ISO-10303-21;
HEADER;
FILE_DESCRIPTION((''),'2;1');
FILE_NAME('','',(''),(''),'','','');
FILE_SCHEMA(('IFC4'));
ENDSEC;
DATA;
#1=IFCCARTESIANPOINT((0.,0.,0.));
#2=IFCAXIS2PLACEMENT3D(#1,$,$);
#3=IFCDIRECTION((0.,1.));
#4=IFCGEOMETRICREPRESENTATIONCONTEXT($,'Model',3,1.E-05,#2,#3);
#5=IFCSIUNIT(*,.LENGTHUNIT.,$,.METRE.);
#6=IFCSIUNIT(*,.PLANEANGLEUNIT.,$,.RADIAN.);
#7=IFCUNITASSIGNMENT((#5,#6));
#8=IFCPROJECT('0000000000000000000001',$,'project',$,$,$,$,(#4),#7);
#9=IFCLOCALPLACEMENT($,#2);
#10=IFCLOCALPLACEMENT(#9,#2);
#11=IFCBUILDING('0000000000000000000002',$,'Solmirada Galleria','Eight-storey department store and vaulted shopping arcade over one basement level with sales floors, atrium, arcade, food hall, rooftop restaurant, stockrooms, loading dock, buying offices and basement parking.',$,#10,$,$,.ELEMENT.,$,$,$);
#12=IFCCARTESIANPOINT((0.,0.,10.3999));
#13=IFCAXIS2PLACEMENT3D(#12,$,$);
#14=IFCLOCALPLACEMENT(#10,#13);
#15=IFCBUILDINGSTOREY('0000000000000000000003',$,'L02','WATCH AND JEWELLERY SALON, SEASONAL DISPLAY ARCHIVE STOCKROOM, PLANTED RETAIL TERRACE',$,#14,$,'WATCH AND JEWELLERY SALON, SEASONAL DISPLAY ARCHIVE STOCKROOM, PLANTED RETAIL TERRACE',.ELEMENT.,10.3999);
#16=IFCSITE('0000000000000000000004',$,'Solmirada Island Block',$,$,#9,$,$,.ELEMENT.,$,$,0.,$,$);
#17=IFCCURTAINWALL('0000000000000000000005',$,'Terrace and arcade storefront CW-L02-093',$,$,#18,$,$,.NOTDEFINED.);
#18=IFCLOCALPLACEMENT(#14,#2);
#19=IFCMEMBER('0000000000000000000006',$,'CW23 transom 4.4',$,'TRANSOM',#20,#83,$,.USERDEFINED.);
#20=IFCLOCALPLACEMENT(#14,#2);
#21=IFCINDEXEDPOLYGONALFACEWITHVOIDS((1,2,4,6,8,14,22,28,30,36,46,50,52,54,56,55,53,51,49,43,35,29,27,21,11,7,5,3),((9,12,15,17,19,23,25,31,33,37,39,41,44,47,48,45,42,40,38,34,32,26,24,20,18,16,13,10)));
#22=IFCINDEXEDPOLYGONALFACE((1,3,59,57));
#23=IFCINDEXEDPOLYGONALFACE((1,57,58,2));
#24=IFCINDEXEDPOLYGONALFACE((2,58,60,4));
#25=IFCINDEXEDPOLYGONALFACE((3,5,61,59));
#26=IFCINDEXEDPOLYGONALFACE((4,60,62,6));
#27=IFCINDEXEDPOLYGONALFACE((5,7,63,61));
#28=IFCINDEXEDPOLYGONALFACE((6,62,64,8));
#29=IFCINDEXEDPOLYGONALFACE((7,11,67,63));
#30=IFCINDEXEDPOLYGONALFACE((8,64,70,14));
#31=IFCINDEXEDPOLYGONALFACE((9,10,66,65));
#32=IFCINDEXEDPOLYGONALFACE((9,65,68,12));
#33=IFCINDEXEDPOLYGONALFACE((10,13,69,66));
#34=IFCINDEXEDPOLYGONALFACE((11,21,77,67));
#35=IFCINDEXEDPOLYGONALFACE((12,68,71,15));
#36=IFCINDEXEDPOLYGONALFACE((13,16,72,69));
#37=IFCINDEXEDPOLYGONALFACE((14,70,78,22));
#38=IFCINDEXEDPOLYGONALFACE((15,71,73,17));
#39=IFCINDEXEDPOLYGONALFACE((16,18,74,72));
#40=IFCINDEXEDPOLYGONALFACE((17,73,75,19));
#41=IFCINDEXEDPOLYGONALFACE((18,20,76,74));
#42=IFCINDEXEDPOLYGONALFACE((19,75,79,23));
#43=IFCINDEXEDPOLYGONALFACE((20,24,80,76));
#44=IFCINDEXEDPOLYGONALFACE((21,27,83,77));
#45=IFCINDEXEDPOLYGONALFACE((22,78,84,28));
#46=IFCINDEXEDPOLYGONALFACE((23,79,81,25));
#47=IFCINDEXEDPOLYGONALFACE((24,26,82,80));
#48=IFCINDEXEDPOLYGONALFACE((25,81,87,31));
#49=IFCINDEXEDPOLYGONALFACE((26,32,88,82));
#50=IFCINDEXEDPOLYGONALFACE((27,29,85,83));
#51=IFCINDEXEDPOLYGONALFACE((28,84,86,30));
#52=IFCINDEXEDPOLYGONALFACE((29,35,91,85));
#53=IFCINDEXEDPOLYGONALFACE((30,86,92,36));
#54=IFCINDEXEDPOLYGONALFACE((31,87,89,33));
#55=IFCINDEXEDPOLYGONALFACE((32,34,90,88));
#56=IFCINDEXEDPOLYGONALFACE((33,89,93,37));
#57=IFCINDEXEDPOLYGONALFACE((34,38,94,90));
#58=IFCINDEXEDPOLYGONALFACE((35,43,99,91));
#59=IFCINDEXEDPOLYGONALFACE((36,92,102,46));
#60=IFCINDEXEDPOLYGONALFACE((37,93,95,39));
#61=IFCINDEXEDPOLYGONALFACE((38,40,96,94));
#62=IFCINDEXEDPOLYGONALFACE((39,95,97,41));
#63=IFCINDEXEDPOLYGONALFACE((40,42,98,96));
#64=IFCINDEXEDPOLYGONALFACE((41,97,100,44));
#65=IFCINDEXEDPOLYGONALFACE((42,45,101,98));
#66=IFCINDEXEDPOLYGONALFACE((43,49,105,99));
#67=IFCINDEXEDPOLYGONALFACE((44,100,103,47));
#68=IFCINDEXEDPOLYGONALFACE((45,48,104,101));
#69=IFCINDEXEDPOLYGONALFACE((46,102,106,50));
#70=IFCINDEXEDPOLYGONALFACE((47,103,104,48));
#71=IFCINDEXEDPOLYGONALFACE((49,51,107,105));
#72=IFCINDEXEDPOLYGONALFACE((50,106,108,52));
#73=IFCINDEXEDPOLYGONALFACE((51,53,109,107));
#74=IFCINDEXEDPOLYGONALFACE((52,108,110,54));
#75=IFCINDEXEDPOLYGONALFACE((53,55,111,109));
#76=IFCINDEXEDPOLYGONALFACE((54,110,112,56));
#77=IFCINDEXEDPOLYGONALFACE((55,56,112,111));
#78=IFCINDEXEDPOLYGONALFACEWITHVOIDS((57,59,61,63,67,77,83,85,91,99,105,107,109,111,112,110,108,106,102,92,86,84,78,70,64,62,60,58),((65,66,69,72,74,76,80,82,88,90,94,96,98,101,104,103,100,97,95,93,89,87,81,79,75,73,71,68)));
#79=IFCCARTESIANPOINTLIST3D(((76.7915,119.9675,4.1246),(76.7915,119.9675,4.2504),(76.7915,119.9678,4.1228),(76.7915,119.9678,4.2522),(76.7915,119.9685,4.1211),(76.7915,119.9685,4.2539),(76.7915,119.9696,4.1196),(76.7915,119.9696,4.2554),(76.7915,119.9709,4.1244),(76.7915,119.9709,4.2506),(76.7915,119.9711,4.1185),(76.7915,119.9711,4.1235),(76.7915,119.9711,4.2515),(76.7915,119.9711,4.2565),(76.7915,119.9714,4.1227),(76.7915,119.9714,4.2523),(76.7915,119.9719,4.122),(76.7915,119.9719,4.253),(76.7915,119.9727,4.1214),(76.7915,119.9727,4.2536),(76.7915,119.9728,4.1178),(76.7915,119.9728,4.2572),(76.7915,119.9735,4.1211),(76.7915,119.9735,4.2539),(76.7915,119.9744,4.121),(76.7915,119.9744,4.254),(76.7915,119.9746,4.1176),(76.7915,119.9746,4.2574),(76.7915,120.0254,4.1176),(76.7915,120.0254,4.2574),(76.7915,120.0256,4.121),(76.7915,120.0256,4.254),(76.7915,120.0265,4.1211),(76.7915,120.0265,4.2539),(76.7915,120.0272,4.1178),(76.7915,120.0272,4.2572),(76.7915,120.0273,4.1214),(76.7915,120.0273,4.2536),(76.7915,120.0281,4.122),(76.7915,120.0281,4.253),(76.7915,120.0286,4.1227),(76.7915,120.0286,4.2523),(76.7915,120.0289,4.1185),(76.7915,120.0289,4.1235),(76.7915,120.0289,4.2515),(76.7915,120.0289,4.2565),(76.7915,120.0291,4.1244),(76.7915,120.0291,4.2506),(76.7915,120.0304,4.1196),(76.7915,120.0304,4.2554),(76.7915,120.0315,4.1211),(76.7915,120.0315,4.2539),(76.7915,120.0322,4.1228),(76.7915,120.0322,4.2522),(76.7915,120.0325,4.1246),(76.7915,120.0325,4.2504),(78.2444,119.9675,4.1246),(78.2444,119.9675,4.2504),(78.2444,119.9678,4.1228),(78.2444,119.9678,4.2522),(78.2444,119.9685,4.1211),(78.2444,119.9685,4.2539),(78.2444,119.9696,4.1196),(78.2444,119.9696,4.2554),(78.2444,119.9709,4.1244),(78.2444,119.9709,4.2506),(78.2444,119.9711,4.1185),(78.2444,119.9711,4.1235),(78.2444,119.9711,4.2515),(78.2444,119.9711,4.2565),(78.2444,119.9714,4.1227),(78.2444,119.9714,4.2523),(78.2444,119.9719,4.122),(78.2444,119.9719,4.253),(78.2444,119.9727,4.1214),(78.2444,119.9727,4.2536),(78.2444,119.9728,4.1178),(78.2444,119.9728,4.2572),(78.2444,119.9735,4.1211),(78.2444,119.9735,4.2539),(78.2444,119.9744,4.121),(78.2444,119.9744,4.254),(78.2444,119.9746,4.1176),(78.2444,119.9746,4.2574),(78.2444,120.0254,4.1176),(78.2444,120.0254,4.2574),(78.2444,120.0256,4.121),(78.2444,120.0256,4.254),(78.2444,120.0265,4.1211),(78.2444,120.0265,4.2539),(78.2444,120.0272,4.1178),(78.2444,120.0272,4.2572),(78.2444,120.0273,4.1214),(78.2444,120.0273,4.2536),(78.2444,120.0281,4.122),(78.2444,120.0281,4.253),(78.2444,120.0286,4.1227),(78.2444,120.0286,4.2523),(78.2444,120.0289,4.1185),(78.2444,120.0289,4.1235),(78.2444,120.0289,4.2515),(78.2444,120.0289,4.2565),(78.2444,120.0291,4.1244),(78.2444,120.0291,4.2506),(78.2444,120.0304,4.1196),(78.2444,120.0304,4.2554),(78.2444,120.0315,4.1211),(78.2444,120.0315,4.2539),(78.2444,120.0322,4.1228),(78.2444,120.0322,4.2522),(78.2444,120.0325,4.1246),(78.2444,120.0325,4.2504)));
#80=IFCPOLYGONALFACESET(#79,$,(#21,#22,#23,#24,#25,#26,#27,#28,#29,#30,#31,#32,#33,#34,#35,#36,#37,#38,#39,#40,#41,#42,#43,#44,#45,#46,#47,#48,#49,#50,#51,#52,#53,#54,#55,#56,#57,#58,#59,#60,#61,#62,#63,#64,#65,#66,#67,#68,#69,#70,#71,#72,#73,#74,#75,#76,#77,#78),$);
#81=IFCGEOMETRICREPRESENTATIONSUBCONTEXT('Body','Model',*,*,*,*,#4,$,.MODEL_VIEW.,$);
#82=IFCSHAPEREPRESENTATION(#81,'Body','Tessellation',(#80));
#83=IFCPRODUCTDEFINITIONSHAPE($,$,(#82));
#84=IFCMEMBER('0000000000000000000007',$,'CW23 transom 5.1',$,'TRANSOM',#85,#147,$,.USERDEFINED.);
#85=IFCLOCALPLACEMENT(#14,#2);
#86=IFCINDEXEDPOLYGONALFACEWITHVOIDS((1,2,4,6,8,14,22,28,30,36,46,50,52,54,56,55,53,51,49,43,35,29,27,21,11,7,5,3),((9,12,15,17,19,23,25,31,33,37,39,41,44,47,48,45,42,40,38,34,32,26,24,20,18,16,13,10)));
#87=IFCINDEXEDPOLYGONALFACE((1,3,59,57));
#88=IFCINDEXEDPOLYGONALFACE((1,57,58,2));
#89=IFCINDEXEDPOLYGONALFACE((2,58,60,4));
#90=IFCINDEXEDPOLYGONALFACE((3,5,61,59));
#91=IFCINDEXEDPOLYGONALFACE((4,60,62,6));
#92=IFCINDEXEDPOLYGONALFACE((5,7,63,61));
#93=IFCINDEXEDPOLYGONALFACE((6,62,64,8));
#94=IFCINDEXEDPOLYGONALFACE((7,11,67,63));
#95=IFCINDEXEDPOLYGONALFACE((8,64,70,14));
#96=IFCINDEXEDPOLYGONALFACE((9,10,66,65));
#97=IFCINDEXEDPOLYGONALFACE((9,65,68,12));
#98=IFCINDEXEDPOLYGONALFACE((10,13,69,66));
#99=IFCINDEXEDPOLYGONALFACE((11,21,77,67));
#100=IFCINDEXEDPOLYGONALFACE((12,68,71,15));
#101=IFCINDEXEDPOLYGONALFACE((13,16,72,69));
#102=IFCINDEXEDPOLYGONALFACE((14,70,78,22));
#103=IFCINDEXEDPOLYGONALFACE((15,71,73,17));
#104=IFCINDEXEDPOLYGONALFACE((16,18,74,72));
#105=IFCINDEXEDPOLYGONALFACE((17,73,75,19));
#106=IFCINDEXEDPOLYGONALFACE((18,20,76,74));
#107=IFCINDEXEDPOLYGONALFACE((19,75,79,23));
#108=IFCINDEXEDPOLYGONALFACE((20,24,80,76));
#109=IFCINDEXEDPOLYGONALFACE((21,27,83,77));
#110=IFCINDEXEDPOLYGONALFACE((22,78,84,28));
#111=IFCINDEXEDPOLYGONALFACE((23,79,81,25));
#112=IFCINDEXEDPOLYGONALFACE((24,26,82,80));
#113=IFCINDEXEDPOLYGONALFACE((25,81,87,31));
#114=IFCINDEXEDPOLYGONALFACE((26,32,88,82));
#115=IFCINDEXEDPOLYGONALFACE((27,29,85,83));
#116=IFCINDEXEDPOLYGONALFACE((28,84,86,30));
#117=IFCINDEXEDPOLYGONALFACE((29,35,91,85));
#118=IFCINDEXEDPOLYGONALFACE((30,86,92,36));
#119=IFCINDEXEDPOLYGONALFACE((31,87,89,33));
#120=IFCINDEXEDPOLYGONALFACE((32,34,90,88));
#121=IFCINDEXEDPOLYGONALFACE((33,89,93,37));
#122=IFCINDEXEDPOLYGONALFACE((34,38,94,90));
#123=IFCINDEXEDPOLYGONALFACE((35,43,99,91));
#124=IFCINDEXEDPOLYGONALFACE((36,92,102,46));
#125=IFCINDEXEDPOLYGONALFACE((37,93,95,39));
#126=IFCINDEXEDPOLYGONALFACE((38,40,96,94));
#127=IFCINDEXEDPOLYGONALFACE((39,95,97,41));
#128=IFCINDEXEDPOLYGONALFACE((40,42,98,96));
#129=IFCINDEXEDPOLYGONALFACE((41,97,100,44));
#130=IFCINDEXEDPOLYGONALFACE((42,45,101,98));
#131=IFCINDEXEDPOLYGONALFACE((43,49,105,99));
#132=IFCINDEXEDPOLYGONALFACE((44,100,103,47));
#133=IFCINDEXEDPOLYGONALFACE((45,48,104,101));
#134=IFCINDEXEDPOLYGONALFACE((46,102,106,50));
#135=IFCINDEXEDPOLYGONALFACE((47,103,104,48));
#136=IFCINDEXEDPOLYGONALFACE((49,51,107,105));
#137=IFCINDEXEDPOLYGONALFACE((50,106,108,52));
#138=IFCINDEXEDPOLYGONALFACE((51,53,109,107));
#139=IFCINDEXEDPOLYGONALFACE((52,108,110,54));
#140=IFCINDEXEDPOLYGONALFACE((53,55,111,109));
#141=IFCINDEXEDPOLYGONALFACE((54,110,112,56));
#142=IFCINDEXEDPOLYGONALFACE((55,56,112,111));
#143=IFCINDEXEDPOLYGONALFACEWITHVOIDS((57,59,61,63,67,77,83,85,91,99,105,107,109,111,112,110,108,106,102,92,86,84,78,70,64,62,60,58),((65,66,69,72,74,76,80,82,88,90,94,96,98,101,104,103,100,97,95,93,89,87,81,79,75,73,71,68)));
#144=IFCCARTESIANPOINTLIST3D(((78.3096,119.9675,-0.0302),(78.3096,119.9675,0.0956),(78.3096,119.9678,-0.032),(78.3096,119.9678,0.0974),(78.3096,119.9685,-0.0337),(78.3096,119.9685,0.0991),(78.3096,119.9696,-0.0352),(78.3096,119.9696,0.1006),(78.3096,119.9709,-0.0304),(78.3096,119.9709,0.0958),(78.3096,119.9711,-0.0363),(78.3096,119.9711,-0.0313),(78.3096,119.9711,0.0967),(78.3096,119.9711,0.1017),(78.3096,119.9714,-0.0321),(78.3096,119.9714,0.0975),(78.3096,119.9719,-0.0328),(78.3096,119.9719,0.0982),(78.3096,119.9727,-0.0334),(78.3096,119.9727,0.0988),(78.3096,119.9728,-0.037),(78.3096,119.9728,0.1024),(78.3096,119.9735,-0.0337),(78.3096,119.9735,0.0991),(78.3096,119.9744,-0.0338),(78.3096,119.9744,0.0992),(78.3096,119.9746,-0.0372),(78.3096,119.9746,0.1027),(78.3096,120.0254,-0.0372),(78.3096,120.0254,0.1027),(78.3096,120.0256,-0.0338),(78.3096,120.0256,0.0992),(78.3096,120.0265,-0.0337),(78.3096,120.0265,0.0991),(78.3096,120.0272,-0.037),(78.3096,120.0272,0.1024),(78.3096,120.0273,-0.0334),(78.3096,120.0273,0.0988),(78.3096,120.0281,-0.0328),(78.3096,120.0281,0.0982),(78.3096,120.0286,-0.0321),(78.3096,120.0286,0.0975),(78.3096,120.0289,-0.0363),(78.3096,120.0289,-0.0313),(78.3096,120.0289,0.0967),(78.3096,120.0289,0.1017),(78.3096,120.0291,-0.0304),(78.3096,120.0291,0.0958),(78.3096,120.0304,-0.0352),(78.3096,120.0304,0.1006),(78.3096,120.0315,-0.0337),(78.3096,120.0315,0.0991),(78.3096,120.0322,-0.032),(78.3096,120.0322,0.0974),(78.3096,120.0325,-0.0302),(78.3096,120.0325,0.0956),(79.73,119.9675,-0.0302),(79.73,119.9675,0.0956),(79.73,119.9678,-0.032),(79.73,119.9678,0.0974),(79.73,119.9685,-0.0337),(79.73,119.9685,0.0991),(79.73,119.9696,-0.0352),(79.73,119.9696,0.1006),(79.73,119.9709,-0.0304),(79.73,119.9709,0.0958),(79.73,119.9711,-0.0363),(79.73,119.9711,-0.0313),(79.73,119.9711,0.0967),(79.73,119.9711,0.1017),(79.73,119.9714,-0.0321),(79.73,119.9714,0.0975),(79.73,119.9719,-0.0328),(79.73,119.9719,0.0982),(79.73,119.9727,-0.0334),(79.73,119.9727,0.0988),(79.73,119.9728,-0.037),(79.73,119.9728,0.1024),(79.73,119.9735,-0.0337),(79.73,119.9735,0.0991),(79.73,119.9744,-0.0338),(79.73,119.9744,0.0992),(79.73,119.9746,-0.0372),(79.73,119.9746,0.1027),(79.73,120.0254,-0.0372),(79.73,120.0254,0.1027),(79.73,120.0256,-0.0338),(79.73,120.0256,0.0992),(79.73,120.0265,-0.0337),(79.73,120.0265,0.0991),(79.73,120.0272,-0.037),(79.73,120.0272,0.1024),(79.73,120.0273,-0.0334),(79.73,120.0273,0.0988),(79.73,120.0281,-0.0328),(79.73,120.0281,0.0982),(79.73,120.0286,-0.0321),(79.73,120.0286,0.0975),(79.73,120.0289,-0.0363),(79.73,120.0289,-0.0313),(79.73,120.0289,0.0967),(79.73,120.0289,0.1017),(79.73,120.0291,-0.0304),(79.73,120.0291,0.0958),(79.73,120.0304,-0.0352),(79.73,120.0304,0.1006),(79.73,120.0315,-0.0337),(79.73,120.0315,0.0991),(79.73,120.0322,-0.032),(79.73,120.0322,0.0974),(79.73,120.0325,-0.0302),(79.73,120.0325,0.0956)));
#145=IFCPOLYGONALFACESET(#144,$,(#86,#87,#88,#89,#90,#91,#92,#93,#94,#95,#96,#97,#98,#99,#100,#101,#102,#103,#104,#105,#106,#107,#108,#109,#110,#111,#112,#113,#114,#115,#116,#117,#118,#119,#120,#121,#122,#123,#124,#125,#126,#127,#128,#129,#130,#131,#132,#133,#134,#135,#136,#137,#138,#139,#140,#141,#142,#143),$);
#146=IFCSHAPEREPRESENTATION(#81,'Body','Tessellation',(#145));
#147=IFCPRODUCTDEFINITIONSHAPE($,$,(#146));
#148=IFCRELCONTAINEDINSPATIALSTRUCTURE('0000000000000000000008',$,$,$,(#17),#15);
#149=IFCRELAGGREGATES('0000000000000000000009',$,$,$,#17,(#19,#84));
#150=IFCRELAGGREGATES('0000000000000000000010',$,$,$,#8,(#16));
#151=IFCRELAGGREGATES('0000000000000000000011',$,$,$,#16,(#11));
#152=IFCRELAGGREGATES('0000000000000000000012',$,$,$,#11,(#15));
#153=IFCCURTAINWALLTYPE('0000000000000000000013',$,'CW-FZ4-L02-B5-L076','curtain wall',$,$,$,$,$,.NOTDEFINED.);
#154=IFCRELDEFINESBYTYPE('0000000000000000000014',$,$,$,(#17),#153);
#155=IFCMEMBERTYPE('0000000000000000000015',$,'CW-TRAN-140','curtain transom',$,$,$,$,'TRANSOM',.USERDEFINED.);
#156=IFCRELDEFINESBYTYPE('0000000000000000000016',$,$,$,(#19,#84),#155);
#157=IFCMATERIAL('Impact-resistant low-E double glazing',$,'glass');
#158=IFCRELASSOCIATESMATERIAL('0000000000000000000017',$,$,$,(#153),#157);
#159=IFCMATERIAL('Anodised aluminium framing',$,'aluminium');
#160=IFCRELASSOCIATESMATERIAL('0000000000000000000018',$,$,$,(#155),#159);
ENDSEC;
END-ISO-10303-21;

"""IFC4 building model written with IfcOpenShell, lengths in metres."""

from ifc_helpers import new_model, si_unit, direction, frame, origin, origin_2d, place, context, subcontext, project, spatial, hollow_rectangle, extrude, material, material_profile, profile_set, type_object, element, aggregate, save


model = new_model("IFC4")

# Units and contexts
model_context = context("Model", 3, precision=1e-05, world=origin(), true_north=direction((0.0, 1.0)))
body_context = subcontext(model_context, "Body", "Model", "MODEL_VIEW")
ifc_project = project(units=[si_unit("LENGTHUNIT", "METRE"), si_unit("PLANEANGLEUNIT", "RADIAN")], contexts=[model_context])

# Site, building, storey
site_placement = place(None, origin())
site = spatial("IfcSite", under=ifc_project, at=site_placement, Name="Solmirada Island Block", CompositionType="ELEMENT", RefElevation=0.0)
building_placement = place(site_placement, origin())
building = spatial("IfcBuilding", under=site, at=building_placement, Name="Solmirada Galleria", Description="Eight-storey department store and vaulted shopping arcade over one basement level with sales floors, atrium, arcade, food hall, rooftop restaurant, stockrooms, loading dock, buying offices and basement parking.", CompositionType="ELEMENT")
storey_placement = place(building_placement, frame((0.0, 0.0, 10.3999)))
storey = spatial("IfcBuildingStorey", under=building, at=storey_placement, Name="L02", Description="WATCH AND JEWELLERY SALON, SEASONAL DISPLAY ARCHIVE STOCKROOM, PLANTED RETAIL TERRACE", LongName="WATCH AND JEWELLERY SALON, SEASONAL DISPLAY ARCHIVE STOCKROOM, PLANTED RETAIL TERRACE", CompositionType="ELEMENT", Elevation=10.3999)

# Curtain wall
ifc_material_1 = material(Name="Impact-resistant low-E double glazing", Category="glass")
curtain_wall_type = type_object("IfcCurtainWallType", Name="CW-FZ4-L02-B5-L076", Description="curtain wall", PredefinedType="NOTDEFINED", material=ifc_material_1)
curtain_wall_1_placement = place(storey_placement, origin())
curtain_wall_1 = element("IfcCurtainWall", 1, at=curtain_wall_1_placement, inside=storey, type_object=curtain_wall_type, Name="Terrace and arcade storefront CW-L02-093", PredefinedType="NOTDEFINED")
ifc_material_2 = material(Name="Anodised aluminium framing", Category="aluminium")

# Members
ifc_material_profile_1 = material_profile(ifc_material_2, hollow_rectangle(XDim=0.0649, YDim=0.1399, WallThickness=0.0034, InnerFilletRadius=0.0034, OuterFilletRadius=0.0071, at=origin_2d()), Name="ALU-TRAN-140X65")
ifc_profile_set_1 = profile_set([ifc_material_profile_1], Name="Anodised aluminium framing")
member_type_1 = type_object("IfcMemberType", Name="CW-TRAN-140", Description="curtain transom", ElementType="TRANSOM", PredefinedType="USERDEFINED", material=ifc_profile_set_1)
member_1_placement = place(storey_placement, frame((76.7915, 120.0, 4.1875), z_axis=(1.0, 0.0, 0.0), x_axis=(0.0, 1.0, 0.0)))
member_1 = element("IfcMember", 2, at=member_1_placement, type_object=member_type_1, Name="CW23 transom 4.4", ObjectType="TRANSOM", PredefinedType="USERDEFINED", context=body_context, shape_type="SweptSolid", body=[
    extrude(hollow_rectangle(XDim=0.0649, YDim=0.1399, WallThickness=0.0034, InnerFilletRadius=0.0034, OuterFilletRadius=0.0071, at=origin_2d()), origin(), (0.0, 0.0, 1.0), 1.4529),
])
member_2_placement = place(storey_placement, frame((78.3096, 120.0, 0.0327), z_axis=(1.0, 0.0, 0.0), x_axis=(0.0, 1.0, 0.0)))
member_2 = element("IfcMember", 3, at=member_2_placement, type_object=member_type_1, Name="CW23 transom 5.1", ObjectType="TRANSOM", PredefinedType="USERDEFINED", context=body_context, shape_type="SweptSolid", body=[
    extrude(hollow_rectangle(XDim=0.0649, YDim=0.1399, WallThickness=0.0034, InnerFilletRadius=0.0034, OuterFilletRadius=0.0071, at=origin_2d()), origin(), (0.0, 0.0, 1.0), 1.4204),
])

aggregate(curtain_wall_1, [member_1, member_2])

save(model, "model.ifc")
